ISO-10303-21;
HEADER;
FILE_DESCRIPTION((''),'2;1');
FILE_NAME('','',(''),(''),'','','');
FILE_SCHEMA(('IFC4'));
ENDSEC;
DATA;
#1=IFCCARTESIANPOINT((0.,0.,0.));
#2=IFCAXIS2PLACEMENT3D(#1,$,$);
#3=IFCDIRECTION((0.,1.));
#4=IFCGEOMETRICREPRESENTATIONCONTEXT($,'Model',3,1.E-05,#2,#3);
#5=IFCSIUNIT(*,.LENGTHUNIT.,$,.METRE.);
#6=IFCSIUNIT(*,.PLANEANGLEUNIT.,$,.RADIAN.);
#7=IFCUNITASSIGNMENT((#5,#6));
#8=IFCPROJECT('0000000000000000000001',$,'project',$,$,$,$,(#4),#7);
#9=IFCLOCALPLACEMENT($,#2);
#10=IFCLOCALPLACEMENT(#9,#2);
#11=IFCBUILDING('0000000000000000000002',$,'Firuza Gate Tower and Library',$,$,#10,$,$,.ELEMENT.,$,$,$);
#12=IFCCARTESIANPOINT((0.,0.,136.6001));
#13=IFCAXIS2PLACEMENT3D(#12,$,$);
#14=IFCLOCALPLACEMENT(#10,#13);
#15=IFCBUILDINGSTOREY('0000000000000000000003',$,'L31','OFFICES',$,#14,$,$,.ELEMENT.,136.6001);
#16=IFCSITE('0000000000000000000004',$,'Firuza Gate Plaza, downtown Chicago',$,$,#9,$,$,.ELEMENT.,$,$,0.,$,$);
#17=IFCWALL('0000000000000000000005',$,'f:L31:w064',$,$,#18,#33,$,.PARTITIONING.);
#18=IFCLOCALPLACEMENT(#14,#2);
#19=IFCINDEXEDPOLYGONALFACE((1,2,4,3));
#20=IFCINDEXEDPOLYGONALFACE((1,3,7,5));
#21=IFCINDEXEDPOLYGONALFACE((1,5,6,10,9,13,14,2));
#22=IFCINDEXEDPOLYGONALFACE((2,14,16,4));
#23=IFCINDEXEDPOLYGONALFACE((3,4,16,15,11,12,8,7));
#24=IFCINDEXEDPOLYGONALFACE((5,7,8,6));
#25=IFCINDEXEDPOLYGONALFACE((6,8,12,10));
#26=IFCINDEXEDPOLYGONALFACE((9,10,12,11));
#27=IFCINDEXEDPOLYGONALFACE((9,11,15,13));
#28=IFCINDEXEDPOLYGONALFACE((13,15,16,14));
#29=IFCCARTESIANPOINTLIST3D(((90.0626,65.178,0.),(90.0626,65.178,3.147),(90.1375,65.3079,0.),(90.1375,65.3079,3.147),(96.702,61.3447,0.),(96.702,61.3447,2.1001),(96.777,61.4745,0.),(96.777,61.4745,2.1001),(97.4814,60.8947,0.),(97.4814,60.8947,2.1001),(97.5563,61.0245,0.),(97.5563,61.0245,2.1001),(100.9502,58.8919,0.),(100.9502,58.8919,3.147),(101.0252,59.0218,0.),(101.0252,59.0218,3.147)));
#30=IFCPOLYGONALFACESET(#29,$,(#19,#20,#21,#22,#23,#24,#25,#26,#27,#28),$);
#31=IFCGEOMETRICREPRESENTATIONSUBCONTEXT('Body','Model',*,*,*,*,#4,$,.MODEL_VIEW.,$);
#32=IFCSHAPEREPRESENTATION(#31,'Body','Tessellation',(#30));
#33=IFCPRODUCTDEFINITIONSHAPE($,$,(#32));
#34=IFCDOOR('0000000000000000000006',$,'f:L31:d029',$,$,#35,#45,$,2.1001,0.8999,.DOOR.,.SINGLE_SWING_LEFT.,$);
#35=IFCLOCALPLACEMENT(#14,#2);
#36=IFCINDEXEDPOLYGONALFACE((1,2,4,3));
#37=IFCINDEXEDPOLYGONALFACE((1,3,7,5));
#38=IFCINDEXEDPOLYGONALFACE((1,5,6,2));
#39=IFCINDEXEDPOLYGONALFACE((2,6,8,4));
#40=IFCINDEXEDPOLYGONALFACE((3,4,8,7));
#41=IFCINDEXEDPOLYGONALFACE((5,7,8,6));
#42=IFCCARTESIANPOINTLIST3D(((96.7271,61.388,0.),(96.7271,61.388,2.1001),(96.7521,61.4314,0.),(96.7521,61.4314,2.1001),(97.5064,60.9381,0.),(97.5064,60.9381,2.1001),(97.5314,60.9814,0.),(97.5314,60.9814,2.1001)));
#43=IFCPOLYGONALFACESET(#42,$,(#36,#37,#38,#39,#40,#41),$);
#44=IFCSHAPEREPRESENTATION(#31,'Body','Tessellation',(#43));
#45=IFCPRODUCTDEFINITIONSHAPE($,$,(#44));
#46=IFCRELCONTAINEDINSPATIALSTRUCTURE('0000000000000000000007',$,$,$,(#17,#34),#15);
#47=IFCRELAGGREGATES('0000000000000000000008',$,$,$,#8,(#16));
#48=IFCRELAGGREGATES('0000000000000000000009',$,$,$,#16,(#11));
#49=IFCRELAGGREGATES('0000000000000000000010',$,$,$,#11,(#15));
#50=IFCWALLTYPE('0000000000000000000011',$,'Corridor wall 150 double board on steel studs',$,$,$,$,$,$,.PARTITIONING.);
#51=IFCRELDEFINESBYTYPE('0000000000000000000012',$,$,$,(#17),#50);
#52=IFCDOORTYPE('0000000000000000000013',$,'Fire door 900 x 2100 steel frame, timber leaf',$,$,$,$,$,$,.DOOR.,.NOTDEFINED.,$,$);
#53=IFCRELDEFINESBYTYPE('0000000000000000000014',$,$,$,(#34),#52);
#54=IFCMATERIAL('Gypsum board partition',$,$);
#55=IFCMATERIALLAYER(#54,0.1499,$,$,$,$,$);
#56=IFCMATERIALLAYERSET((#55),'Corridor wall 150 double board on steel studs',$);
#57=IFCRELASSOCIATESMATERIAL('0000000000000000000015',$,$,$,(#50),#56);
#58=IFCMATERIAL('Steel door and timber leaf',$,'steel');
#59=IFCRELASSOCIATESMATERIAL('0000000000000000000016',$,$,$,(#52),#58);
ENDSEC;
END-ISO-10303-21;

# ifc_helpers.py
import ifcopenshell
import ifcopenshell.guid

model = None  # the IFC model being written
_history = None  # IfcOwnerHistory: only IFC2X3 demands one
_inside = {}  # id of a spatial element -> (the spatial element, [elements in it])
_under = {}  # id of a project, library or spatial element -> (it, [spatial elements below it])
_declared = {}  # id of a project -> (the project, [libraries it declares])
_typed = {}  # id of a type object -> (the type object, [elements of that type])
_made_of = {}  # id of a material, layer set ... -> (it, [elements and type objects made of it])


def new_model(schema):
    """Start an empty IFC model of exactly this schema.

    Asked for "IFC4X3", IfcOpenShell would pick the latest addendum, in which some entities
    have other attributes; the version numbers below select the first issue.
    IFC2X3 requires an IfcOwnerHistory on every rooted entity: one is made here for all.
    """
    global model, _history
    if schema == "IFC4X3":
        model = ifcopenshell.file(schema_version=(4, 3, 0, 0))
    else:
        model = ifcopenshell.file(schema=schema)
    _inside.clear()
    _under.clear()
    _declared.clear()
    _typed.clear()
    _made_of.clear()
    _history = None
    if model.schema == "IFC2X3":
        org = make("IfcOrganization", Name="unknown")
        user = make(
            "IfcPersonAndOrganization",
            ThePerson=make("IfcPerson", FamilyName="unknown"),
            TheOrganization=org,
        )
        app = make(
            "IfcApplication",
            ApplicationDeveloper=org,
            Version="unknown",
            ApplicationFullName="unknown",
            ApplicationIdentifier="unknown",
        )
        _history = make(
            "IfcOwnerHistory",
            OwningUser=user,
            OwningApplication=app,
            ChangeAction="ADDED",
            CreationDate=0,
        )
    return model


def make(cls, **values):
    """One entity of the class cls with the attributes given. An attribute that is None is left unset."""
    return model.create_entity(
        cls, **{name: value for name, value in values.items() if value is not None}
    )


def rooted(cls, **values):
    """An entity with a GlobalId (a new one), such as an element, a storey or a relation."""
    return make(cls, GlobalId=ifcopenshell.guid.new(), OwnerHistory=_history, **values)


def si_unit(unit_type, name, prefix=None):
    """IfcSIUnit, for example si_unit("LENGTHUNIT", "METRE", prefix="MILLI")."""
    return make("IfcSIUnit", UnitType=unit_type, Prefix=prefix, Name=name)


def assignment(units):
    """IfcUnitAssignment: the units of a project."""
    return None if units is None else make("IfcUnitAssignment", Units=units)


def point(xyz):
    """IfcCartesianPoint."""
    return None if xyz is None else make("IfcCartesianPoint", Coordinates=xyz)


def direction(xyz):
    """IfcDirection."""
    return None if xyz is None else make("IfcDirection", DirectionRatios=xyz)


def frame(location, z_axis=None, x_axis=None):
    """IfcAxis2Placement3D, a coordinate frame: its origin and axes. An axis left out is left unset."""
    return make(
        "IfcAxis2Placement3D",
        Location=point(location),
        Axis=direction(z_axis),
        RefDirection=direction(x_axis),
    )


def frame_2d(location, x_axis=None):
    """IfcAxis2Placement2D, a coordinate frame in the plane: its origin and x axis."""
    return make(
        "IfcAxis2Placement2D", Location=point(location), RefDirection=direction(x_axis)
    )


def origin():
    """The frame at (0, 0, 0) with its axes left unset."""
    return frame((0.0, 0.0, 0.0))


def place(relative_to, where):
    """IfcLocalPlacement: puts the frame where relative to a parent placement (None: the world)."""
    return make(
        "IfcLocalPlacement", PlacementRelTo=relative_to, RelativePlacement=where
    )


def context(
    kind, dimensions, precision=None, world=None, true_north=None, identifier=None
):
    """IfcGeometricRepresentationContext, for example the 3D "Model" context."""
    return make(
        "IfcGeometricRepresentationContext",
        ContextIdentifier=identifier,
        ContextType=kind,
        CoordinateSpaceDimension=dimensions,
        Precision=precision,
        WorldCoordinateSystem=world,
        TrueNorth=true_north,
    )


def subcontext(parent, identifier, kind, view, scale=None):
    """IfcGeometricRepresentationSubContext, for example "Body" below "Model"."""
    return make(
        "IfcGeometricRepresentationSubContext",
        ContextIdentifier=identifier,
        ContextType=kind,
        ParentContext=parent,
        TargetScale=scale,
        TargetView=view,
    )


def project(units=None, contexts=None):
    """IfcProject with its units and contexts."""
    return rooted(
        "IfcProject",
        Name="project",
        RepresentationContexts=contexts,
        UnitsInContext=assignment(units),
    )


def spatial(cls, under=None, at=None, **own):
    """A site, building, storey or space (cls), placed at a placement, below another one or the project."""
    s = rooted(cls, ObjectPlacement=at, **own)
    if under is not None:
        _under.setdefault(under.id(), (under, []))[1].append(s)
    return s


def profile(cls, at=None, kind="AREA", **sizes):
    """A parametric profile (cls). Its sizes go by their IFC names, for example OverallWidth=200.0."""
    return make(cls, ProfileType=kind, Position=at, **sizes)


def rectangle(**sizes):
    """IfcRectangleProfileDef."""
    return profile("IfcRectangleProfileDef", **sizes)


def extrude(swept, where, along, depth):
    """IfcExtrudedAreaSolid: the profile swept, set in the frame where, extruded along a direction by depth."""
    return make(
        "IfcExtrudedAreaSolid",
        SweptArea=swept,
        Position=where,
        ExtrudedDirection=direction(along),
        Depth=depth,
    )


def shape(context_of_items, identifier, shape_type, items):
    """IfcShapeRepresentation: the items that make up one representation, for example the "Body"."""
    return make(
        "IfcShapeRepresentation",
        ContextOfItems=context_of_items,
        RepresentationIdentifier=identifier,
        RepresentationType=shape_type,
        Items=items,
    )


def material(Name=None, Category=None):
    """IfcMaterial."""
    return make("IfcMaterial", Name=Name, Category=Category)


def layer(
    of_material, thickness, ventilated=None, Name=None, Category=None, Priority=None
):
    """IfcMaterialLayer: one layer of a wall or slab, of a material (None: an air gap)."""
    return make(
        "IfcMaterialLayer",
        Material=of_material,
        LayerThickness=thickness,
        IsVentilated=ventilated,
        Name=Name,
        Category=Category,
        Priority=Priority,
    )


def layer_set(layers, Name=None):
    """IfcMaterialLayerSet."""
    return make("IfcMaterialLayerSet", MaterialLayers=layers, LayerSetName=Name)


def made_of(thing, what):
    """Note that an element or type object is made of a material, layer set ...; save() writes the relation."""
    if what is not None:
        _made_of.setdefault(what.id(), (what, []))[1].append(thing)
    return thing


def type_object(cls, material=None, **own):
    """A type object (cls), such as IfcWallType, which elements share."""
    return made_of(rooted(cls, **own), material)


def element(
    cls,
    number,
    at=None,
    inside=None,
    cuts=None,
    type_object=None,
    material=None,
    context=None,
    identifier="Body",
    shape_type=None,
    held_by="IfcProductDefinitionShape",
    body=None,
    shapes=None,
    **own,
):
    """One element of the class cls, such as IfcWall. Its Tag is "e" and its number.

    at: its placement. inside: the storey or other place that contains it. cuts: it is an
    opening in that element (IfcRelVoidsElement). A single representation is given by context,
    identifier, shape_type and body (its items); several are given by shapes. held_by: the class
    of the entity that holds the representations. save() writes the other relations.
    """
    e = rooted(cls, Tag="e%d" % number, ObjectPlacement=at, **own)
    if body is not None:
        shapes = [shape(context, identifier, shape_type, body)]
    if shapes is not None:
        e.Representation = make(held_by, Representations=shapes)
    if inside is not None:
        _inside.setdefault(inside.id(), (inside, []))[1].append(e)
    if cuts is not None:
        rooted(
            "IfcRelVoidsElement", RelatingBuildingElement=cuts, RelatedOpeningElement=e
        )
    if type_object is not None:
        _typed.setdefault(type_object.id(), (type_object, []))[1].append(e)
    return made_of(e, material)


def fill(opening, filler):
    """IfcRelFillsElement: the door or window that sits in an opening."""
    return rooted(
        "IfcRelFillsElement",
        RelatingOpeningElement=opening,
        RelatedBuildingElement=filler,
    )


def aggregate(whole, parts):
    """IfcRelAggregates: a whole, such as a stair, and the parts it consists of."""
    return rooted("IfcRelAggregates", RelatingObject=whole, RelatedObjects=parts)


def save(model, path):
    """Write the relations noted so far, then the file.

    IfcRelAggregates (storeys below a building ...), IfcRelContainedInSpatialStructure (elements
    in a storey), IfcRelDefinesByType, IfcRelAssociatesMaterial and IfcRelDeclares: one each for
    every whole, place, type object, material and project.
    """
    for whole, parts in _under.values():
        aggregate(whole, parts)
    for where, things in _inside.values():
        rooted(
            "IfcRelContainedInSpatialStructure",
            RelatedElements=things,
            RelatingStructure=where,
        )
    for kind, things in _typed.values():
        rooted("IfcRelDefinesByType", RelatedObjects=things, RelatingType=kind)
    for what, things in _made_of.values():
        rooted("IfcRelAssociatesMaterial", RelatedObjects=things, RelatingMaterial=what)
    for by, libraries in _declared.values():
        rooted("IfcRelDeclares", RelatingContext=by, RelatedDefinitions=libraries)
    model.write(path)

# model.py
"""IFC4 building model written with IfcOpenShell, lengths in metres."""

from ifc_helpers import new_model, si_unit, direction, frame, frame_2d, origin, place, context, subcontext, project, spatial, rectangle, extrude, material, layer, layer_set, type_object, element, fill, save


model = new_model("IFC4")

# Units and contexts
model_context = context("Model", 3, precision=1e-05, world=origin(), true_north=direction((0.0, 1.0)))
body_context = subcontext(model_context, "Body", "Model", "MODEL_VIEW")
ifc_project = project(units=[si_unit("LENGTHUNIT", "METRE"), si_unit("PLANEANGLEUNIT", "RADIAN")], contexts=[model_context])

# Site, building, storey
site_placement = place(None, origin())
site = spatial("IfcSite", under=ifc_project, at=site_placement, Name="Firuza Gate Plaza, downtown Chicago", CompositionType="ELEMENT", RefElevation=0.0)
building_placement = place(site_placement, origin())
building = spatial("IfcBuilding", under=site, at=building_placement, Name="Firuza Gate Tower and Library", CompositionType="ELEMENT")
storey_placement = place(building_placement, frame((0.0, 0.0, 136.6001)))
storey = spatial("IfcBuildingStorey", under=building, at=storey_placement, Name="L31", Description="OFFICES", CompositionType="ELEMENT", Elevation=136.6001)

# Shared definitions
ifc_material_1 = material(Name="Gypsum board partition")
ifc_layer_1 = layer(ifc_material_1, 0.1499)
ifc_layer_set_1 = layer_set([ifc_layer_1], Name="Corridor wall 150 double board on steel studs")
wall_type = type_object("IfcWallType", Name="Corridor wall 150 double board on steel studs", PredefinedType="PARTITIONING", material=ifc_layer_set_1)

# Wall, opening, door
wall_1_placement = place(storey_placement, frame((100.9878, 58.9568, 0.0), z_axis=(0.0, 0.0, 1.0), x_axis=(-0.866021, 0.500007, 0.0)))
wall_1 = element("IfcWall", 1, at=wall_1_placement, inside=storey, type_object=wall_type, Name="f:L31:w064", PredefinedType="PARTITIONING", context=body_context, shape_type="SweptSolid", body=[
    extrude(rectangle(XDim=12.572, YDim=0.1499, at=frame_2d((6.2861, 0.0))), origin(), (0.0, 0.0, 1.0), 3.147),
])
opening_placement = place(wall_1_placement, frame((4.0056, 0.0, 0.0)))
opening = element("IfcOpeningElement", 2, at=opening_placement, cuts=wall_1, PredefinedType="OPENING", context=body_context, shape_type="SweptSolid", body=[
    extrude(rectangle(XDim=0.8999, YDim=2.1001, at=frame_2d((0.45, 1.05))), frame((0.0, 0.085, 0.0), z_axis=(0.0, -1.0, 0.0), x_axis=(1.0, 0.0, 0.0)), (0.0, 0.0, 1.0), 0.1699),
])
ifc_material_2 = material(Name="Steel door and timber leaf", Category="steel")
door_type = type_object("IfcDoorType", Name="Fire door 900 x 2100 steel frame, timber leaf", OperationType="NOTDEFINED", PredefinedType="DOOR", material=ifc_material_2)
door_placement = place(opening_placement, origin())
door = element("IfcDoor", 3, at=door_placement, inside=storey, type_object=door_type, Name="f:L31:d029", OperationType="SINGLE_SWING_LEFT", OverallHeight=2.1001, OverallWidth=0.8999, PredefinedType="DOOR", context=body_context, shape_type="SweptSolid", body=[
    extrude(rectangle(XDim=0.8999, YDim=2.1001, at=frame_2d((0.45, 1.05))), frame((0.0, 0.0249, 0.0), z_axis=(0.0, -1.0, 0.0), x_axis=(1.0, 0.0, 0.0)), (0.0, 0.0, 1.0), 0.05),
])
fill(opening, door)

save(model, "model.ifc")
